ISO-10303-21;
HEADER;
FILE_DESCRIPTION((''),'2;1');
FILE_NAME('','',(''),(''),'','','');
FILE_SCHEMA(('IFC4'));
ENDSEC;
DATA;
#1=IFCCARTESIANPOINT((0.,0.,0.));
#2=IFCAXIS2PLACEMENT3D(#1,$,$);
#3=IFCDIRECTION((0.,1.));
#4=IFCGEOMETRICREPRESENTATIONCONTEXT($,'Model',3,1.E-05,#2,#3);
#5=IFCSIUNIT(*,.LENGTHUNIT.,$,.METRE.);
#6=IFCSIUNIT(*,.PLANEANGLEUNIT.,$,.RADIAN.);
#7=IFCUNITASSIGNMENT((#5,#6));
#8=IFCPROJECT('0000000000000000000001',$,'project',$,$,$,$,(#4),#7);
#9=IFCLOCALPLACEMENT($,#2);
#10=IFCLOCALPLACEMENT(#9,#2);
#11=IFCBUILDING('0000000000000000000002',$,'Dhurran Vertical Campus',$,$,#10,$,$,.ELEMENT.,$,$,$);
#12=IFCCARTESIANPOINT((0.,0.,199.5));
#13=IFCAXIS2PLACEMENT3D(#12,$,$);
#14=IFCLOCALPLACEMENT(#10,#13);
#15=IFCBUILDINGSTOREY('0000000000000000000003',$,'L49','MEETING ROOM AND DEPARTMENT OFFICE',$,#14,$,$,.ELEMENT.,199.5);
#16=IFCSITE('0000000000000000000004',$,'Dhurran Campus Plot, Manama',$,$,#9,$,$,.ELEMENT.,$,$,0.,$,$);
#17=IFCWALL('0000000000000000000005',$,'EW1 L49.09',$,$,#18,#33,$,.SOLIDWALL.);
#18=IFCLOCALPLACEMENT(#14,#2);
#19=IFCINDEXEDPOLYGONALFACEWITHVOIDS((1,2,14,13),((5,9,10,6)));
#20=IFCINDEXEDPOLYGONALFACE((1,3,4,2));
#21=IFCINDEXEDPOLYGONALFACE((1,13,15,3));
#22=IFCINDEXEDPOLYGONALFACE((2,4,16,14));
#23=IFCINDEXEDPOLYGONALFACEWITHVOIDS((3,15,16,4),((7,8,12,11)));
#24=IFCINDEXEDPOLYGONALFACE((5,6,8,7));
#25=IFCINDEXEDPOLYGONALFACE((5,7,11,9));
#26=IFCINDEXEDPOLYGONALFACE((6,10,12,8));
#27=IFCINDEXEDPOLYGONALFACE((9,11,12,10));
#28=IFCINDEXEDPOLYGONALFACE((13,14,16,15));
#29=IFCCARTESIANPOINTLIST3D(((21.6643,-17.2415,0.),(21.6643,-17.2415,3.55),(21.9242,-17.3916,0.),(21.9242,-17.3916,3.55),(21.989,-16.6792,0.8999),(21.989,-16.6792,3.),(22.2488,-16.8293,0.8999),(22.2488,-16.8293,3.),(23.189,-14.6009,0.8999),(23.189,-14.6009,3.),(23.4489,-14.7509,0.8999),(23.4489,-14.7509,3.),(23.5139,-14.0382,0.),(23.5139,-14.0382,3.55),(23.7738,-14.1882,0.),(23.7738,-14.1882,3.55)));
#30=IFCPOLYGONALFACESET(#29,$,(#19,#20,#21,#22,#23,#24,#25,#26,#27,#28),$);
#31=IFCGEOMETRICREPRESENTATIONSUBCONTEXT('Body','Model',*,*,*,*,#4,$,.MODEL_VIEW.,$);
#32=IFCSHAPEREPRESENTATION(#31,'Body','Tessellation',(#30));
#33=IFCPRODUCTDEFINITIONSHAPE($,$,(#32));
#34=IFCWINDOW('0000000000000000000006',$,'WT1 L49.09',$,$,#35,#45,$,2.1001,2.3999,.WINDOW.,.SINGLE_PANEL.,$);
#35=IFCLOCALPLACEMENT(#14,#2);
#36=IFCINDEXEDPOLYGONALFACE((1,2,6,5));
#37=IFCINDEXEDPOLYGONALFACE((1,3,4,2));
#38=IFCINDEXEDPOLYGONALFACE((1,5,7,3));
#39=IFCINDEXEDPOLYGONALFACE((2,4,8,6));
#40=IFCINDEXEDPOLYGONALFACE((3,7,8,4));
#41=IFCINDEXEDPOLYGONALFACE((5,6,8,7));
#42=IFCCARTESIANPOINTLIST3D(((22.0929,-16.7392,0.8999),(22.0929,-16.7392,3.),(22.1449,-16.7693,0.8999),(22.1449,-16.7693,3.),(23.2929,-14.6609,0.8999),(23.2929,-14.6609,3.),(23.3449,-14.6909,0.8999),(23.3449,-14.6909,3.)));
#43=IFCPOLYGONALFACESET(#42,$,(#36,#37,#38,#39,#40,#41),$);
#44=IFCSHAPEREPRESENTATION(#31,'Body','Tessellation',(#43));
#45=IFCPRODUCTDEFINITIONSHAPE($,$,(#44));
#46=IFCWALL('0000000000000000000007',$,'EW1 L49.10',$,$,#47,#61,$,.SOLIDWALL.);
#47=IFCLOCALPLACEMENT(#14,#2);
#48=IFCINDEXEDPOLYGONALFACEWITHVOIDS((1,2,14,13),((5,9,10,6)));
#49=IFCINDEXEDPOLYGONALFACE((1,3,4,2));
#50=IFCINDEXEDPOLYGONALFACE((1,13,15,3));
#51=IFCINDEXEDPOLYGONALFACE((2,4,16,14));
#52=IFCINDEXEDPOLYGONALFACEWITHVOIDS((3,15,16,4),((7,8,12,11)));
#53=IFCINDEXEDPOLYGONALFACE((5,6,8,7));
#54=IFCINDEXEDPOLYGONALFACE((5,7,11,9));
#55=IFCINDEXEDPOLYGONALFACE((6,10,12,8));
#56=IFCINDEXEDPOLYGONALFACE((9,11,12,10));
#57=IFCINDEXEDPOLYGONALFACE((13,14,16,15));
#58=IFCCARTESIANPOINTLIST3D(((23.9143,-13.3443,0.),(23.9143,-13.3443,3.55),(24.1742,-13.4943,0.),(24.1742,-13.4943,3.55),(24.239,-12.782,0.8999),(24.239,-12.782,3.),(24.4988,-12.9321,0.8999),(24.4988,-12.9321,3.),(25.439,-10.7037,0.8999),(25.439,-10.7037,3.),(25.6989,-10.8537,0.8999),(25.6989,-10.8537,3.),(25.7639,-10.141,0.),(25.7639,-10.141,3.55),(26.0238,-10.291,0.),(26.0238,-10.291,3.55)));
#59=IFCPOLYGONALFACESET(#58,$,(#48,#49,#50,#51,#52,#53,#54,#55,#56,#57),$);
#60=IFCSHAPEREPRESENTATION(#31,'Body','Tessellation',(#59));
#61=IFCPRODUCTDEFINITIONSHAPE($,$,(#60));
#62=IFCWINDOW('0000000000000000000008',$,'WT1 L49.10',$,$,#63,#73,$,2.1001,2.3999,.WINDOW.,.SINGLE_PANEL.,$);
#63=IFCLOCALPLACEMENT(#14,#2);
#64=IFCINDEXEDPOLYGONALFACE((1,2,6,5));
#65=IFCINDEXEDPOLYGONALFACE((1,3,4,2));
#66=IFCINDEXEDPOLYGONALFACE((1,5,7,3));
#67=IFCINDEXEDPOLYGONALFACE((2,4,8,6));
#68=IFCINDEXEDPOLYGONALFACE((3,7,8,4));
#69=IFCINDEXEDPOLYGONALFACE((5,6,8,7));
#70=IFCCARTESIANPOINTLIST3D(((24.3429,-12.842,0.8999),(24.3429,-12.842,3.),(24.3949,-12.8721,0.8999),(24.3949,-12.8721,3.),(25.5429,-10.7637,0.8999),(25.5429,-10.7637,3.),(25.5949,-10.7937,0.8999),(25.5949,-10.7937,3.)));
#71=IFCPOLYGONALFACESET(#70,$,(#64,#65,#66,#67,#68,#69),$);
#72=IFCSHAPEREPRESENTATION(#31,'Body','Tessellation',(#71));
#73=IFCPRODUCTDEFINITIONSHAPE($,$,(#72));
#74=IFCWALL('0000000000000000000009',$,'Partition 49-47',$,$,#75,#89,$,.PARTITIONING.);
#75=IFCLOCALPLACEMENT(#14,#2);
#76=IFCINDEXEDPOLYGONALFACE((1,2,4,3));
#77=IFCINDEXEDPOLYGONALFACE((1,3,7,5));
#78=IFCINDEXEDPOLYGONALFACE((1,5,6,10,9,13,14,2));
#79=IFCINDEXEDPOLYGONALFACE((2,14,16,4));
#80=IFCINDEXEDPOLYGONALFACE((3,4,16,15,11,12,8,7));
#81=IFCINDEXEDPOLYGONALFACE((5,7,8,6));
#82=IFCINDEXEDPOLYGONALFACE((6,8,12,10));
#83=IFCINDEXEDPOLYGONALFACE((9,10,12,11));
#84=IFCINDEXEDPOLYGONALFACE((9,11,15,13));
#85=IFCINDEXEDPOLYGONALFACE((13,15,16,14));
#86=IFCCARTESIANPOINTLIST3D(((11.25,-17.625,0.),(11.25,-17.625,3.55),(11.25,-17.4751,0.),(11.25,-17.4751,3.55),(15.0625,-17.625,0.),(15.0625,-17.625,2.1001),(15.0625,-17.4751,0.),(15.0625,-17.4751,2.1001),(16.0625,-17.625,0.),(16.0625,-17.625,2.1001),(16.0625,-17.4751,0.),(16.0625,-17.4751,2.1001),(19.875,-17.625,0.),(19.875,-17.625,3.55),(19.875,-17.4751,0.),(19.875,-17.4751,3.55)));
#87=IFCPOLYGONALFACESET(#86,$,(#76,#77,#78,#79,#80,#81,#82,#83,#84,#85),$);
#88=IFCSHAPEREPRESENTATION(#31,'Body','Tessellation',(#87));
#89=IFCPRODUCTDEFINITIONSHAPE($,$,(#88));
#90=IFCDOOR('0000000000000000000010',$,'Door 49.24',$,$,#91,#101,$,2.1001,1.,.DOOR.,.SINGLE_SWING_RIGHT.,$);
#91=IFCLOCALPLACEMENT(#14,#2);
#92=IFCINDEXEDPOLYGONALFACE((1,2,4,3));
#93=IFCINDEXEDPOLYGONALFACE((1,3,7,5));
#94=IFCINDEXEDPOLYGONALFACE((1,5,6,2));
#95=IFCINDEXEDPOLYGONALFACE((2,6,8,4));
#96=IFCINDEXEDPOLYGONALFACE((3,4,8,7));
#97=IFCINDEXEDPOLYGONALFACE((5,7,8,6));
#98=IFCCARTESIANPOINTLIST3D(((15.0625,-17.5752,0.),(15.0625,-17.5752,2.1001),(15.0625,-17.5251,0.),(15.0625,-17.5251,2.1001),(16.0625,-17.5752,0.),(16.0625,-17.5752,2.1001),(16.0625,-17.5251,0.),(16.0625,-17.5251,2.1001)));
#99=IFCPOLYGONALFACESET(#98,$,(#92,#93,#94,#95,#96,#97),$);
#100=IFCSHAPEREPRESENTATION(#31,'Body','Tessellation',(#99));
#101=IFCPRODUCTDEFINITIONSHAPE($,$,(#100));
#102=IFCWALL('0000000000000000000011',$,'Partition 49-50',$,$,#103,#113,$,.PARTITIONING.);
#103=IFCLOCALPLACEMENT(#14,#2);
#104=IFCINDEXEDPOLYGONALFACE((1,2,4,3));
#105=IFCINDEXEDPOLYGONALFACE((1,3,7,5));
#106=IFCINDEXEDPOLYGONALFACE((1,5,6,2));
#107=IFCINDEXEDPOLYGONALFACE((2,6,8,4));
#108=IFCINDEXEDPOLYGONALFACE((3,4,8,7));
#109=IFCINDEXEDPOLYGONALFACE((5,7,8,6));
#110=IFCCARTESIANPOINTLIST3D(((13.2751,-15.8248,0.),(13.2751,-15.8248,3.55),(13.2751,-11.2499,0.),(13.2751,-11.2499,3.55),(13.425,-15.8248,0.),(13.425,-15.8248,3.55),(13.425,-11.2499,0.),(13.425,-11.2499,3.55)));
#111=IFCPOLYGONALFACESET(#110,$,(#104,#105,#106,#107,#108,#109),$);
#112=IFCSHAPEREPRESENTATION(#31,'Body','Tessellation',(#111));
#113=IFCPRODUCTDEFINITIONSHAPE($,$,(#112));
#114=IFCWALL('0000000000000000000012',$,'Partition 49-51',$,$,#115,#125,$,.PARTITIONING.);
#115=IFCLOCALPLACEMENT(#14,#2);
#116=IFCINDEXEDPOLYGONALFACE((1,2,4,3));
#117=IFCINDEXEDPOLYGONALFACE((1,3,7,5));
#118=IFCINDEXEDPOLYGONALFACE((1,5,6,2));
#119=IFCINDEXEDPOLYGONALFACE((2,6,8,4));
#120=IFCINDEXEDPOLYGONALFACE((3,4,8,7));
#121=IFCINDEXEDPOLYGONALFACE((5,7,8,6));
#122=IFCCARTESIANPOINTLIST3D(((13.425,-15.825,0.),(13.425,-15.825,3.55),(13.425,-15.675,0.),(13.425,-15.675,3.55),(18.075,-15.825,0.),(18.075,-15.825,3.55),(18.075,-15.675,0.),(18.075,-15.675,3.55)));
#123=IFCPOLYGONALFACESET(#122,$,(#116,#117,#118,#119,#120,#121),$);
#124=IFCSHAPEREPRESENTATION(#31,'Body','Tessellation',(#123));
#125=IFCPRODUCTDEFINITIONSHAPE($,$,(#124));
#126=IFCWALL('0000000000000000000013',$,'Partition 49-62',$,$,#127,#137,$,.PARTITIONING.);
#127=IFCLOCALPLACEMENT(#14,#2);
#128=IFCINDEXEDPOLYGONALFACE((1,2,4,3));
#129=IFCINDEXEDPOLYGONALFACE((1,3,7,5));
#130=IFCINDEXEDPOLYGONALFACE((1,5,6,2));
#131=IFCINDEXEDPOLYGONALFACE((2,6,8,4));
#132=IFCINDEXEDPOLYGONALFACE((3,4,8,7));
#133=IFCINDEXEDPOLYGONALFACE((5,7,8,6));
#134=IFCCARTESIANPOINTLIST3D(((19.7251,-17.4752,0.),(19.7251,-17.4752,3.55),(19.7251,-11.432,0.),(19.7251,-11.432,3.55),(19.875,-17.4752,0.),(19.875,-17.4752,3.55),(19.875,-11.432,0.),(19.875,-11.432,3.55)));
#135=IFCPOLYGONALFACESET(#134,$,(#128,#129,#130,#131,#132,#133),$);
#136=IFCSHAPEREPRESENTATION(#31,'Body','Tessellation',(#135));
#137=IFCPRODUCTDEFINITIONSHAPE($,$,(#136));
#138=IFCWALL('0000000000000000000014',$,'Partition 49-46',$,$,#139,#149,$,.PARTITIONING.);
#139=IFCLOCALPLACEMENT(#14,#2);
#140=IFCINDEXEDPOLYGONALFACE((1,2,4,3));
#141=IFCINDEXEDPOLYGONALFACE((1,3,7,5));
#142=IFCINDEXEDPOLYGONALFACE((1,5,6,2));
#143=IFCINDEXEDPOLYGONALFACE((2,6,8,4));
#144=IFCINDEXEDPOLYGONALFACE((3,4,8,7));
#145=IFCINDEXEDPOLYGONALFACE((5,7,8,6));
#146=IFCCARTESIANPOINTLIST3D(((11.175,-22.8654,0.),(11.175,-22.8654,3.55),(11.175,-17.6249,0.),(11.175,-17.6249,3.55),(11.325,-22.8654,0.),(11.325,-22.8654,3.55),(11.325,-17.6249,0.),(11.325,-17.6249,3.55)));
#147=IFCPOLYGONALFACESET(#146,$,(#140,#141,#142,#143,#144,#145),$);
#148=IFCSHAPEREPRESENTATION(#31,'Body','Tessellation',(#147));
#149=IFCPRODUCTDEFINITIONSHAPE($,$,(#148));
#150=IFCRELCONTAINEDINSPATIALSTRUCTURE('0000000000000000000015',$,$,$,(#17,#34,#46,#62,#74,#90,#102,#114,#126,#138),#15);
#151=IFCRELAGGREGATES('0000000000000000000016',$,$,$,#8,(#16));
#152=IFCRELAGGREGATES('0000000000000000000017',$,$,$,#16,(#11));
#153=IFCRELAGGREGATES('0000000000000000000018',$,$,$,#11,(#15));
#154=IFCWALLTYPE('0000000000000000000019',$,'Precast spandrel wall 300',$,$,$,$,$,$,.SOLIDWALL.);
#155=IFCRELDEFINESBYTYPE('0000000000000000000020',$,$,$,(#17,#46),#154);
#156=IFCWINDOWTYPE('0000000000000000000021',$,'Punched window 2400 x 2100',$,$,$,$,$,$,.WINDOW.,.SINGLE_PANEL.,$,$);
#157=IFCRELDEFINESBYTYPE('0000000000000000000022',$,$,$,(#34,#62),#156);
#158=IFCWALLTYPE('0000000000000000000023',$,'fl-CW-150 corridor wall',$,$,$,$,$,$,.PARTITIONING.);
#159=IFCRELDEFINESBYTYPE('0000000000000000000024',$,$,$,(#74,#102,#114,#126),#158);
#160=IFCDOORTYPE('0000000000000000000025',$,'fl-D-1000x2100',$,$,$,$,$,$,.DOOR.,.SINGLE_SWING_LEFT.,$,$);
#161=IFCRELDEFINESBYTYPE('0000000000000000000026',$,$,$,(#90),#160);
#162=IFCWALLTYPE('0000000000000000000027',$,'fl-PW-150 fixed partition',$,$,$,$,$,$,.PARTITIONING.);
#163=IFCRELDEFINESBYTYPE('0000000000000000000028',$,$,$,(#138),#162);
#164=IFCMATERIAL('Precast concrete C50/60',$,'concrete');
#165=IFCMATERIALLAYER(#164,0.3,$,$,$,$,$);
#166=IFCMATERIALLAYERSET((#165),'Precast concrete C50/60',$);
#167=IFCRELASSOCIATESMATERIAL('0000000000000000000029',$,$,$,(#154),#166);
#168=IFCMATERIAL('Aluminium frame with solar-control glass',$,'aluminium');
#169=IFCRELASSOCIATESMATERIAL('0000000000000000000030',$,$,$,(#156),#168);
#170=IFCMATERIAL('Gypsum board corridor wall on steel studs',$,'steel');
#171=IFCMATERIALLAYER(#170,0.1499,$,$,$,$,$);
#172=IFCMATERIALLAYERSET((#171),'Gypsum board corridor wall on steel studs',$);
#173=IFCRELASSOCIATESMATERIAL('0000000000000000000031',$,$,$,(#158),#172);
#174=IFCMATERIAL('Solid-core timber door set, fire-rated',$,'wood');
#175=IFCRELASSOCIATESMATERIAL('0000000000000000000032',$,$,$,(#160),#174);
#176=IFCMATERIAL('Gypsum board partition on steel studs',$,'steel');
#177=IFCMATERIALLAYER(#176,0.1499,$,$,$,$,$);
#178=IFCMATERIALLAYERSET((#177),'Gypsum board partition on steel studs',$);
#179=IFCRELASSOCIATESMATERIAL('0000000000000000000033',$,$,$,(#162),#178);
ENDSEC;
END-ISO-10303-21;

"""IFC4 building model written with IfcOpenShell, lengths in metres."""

from ifc_helpers import new_model, si_unit, direction, frame, frame_2d, origin, place, context, subcontext, project, spatial, rectangle, extrude, material, layer, layer_set, type_object, element, fill, save


model = new_model("IFC4")

# Units and contexts
model_context = context("Model", 3, precision=1e-05, world=origin(), true_north=direction((0.0, 1.0)))
body_context = subcontext(model_context, "Body", "Model", "MODEL_VIEW")
ifc_project = project(units=[si_unit("LENGTHUNIT", "METRE"), si_unit("PLANEANGLEUNIT", "RADIAN")], contexts=[model_context])

# Site, building, storey
site_placement = place(None, origin())
site = spatial("IfcSite", under=ifc_project, at=site_placement, Name="Dhurran Campus Plot, Manama", CompositionType="ELEMENT", RefElevation=0.0)
building_placement = place(site_placement, origin())
building = spatial("IfcBuilding", under=site, at=building_placement, Name="Dhurran Vertical Campus", CompositionType="ELEMENT")
storey_placement = place(building_placement, frame((0.0, 0.0, 199.5)))
storey = spatial("IfcBuildingStorey", under=building, at=storey_placement, Name="L49", Description="MEETING ROOM AND DEPARTMENT OFFICE", CompositionType="ELEMENT", Elevation=199.5)

# Walls, openings, windows
ifc_material_1 = material(Name="Precast concrete C50/60", Category="concrete")
ifc_layer_1 = layer(ifc_material_1, 0.3)
ifc_layer_set_1 = layer_set([ifc_layer_1], Name="Precast concrete C50/60")
wall_type_1 = type_object("IfcWallType", Name="Precast spandrel wall 300", PredefinedType="SOLIDWALL", material=ifc_layer_set_1)
ifc_material_2 = material(Name="Aluminium frame with solar-control glass", Category="aluminium")
window_type = type_object("IfcWindowType", Name="Punched window 2400 x 2100", PartitioningType="SINGLE_PANEL", PredefinedType="WINDOW", material=ifc_material_2)
wall_1_placement = place(storey_placement, frame((21.7942, -17.3167, 0.0), z_axis=(0.0, 0.0, 1.0), x_axis=(0.500029, 0.866009, 0.0)))
wall_1 = element("IfcWall", 1, at=wall_1_placement, inside=storey, type_object=wall_type_1, Name="EW1 L49.09", PredefinedType="SOLIDWALL", context=body_context, shape_type="SweptSolid", body=[
    extrude(rectangle(XDim=3.699, YDim=0.3, at=frame_2d((1.8496, 0.0))), origin(), (0.0, 0.0, 1.0), 3.55),
])
opening_1_placement = place(wall_1_placement, frame((0.6494, 0.0, 0.8999)))
opening_1 = element("IfcOpeningElement", 2, at=opening_1_placement, cuts=wall_1, PredefinedType="OPENING", context=body_context, shape_type="SweptSolid", body=[
    extrude(rectangle(XDim=2.3999, YDim=2.1001, at=frame_2d((1.2, 1.05))), frame((0.0, 0.1599, 0.0), z_axis=(0.0, -1.0, 0.0), x_axis=(1.0, 0.0, 0.0)), (0.0, 0.0, 1.0), 0.3201),
])
window_1_placement = place(opening_1_placement, origin())
window_1 = element("IfcWindow", 3, at=window_1_placement, inside=storey, type_object=window_type, Name="WT1 L49.09", OverallHeight=2.1001, OverallWidth=2.3999, PartitioningType="SINGLE_PANEL", PredefinedType="WINDOW", context=body_context, shape_type="SweptSolid", body=[
    extrude(rectangle(XDim=2.3999, YDim=2.1001, at=frame_2d((1.2, 1.05))), frame((0.0, 0.03, 0.0), z_axis=(0.0, -1.0, 0.0), x_axis=(1.0, 0.0, 0.0)), (0.0, 0.0, 1.0), 0.0601),
])
fill(opening_1, window_1)
wall_2_placement = place(storey_placement, frame((24.0442, -13.4194, 0.0), z_axis=(0.0, 0.0, 1.0), x_axis=(0.500029, 0.866009, 0.0)))
wall_2 = element("IfcWall", 4, at=wall_2_placement, inside=storey, type_object=wall_type_1, Name="EW1 L49.10", PredefinedType="SOLIDWALL", context=body_context, shape_type="SweptSolid", body=[
    extrude(rectangle(XDim=3.699, YDim=0.3, at=frame_2d((1.8496, 0.0))), origin(), (0.0, 0.0, 1.0), 3.55),
])
opening_2_placement = place(wall_2_placement, frame((0.6494, 0.0, 0.8999)))
opening_2 = element("IfcOpeningElement", 5, at=opening_2_placement, cuts=wall_2, PredefinedType="OPENING", context=body_context, shape_type="SweptSolid", body=[
    extrude(rectangle(XDim=2.3999, YDim=2.1001, at=frame_2d((1.2, 1.05))), frame((0.0, 0.1599, 0.0), z_axis=(0.0, -1.0, 0.0), x_axis=(1.0, 0.0, 0.0)), (0.0, 0.0, 1.0), 0.3201),
])
window_2_placement = place(opening_2_placement, origin())
window_2 = element("IfcWindow", 6, at=window_2_placement, inside=storey, type_object=window_type, Name="WT1 L49.10", OverallHeight=2.1001, OverallWidth=2.3999, PartitioningType="SINGLE_PANEL", PredefinedType="WINDOW", context=body_context, shape_type="SweptSolid", body=[
    extrude(rectangle(XDim=2.3999, YDim=2.1001, at=frame_2d((1.2, 1.05))), frame((0.0, 0.03, 0.0), z_axis=(0.0, -1.0, 0.0), x_axis=(1.0, 0.0, 0.0)), (0.0, 0.0, 1.0), 0.0601),
])
fill(opening_2, window_2)

# Wall, opening, door
ifc_material_3 = material(Name="Gypsum board corridor wall on steel studs", Category="steel")
ifc_layer_2 = layer(ifc_material_3, 0.1499)
ifc_layer_set_2 = layer_set([ifc_layer_2], Name="Gypsum board corridor wall on steel studs")
wall_type_2 = type_object("IfcWallType", Name="fl-CW-150 corridor wall", PredefinedType="PARTITIONING", material=ifc_layer_set_2)
wall_3_placement = place(storey_placement, frame((11.25, -17.55, 0.0), z_axis=(0.0, 0.0, 1.0), x_axis=(1.0, 0.0, 0.0)))
wall_3 = element("IfcWall", 7, at=wall_3_placement, inside=storey, type_object=wall_type_2, Name="Partition 49-47", PredefinedType="PARTITIONING", context=body_context, shape_type="SweptSolid", body=[
    extrude(rectangle(XDim=8.625, YDim=0.1499, at=frame_2d((4.3125, 0.0))), origin(), (0.0, 0.0, 1.0), 3.55),
])
opening_3_placement = place(wall_3_placement, frame((3.8125, 0.0, 0.0)))
opening_3 = element("IfcOpeningElement", 8, at=opening_3_placement, cuts=wall_3, PredefinedType="OPENING", context=body_context, shape_type="SweptSolid", body=[
    extrude(rectangle(XDim=1.0, YDim=2.1001, at=frame_2d((0.5, 1.05))), frame((0.0, 0.085, 0.0), z_axis=(0.0, -1.0, 0.0), x_axis=(1.0, 0.0, 0.0)), (0.0, 0.0, 1.0), 0.1699),
])
ifc_material_4 = material(Name="Solid-core timber door set, fire-rated", Category="wood")
door_type = type_object("IfcDoorType", Name="fl-D-1000x2100", OperationType="SINGLE_SWING_LEFT", PredefinedType="DOOR", material=ifc_material_4)
door_placement = place(opening_3_placement, origin())
door = element("IfcDoor", 9, at=door_placement, inside=storey, type_object=door_type, Name="Door 49.24", OperationType="SINGLE_SWING_RIGHT", OverallHeight=2.1001, OverallWidth=1.0, PredefinedType="DOOR", context=body_context, shape_type="SweptSolid", body=[
    extrude(rectangle(XDim=1.0, YDim=2.1001, at=frame_2d((0.5, 1.05))), frame((0.0, 0.0249, 0.0), z_axis=(0.0, -1.0, 0.0), x_axis=(1.0, 0.0, 0.0)), (0.0, 0.0, 1.0), 0.05),
])
fill(opening_3, door)

# Walls
wall_4_placement = place(storey_placement, frame((13.3501, -15.825, 0.0), z_axis=(0.0, 0.0, 1.0), x_axis=(0.0, 1.0, 0.0)))
element("IfcWall", 10, at=wall_4_placement, inside=storey, type_object=wall_type_2, Name="Partition 49-50", PredefinedType="PARTITIONING", context=body_context, shape_type="SweptSolid", body=[
    extrude(rectangle(XDim=4.575, YDim=0.1499, at=frame_2d((2.2876, 0.0))), origin(), (0.0, 0.0, 1.0), 3.55),
])
wall_5_placement = place(storey_placement, frame((18.075, -15.75, 0.0), z_axis=(0.0, 0.0, 1.0), x_axis=(-1.0, 0.0, 0.0)))
element("IfcWall", 11, at=wall_5_placement, inside=storey, type_object=wall_type_2, Name="Partition 49-51", PredefinedType="PARTITIONING", context=body_context, shape_type="SweptSolid", body=[
    extrude(rectangle(XDim=4.6499, YDim=0.1499, at=frame_2d((2.325, 0.0))), origin(), (0.0, 0.0, 1.0), 3.55),
])
wall_6_placement = place(storey_placement, frame((19.8, -17.4751, 0.0), z_axis=(0.0, 0.0, 1.0), x_axis=(0.0, 1.0, 0.0)))
element("IfcWall", 12, at=wall_6_placement, inside=storey, type_object=wall_type_2, Name="Partition 49-62", PredefinedType="PARTITIONING", context=body_context, shape_type="SweptSolid", body=[
    extrude(rectangle(XDim=6.0432, YDim=0.1499, at=frame_2d((3.0215, 0.0))), origin(), (0.0, 0.0, 1.0), 3.55),
])
ifc_material_5 = material(Name="Gypsum board partition on steel studs", Category="steel")
ifc_layer_3 = layer(ifc_material_5, 0.1499)
ifc_layer_set_3 = layer_set([ifc_layer_3], Name="Gypsum board partition on steel studs")
wall_type_3 = type_object("IfcWallType", Name="fl-PW-150 fixed partition", PredefinedType="PARTITIONING", material=ifc_layer_set_3)
wall_7_placement = place(storey_placement, frame((11.25, -17.625, 0.0), z_axis=(0.0, 0.0, 1.0), x_axis=(0.0, -1.0, 0.0)))
element("IfcWall", 13, at=wall_7_placement, inside=storey, type_object=wall_type_3, Name="Partition 49-46", PredefinedType="PARTITIONING", context=body_context, shape_type="SweptSolid", body=[
    extrude(rectangle(XDim=5.2405, YDim=0.1499, at=frame_2d((2.6201, 0.0))), origin(), (0.0, 0.0, 1.0), 3.55),
])

save(model, "model.ifc")
